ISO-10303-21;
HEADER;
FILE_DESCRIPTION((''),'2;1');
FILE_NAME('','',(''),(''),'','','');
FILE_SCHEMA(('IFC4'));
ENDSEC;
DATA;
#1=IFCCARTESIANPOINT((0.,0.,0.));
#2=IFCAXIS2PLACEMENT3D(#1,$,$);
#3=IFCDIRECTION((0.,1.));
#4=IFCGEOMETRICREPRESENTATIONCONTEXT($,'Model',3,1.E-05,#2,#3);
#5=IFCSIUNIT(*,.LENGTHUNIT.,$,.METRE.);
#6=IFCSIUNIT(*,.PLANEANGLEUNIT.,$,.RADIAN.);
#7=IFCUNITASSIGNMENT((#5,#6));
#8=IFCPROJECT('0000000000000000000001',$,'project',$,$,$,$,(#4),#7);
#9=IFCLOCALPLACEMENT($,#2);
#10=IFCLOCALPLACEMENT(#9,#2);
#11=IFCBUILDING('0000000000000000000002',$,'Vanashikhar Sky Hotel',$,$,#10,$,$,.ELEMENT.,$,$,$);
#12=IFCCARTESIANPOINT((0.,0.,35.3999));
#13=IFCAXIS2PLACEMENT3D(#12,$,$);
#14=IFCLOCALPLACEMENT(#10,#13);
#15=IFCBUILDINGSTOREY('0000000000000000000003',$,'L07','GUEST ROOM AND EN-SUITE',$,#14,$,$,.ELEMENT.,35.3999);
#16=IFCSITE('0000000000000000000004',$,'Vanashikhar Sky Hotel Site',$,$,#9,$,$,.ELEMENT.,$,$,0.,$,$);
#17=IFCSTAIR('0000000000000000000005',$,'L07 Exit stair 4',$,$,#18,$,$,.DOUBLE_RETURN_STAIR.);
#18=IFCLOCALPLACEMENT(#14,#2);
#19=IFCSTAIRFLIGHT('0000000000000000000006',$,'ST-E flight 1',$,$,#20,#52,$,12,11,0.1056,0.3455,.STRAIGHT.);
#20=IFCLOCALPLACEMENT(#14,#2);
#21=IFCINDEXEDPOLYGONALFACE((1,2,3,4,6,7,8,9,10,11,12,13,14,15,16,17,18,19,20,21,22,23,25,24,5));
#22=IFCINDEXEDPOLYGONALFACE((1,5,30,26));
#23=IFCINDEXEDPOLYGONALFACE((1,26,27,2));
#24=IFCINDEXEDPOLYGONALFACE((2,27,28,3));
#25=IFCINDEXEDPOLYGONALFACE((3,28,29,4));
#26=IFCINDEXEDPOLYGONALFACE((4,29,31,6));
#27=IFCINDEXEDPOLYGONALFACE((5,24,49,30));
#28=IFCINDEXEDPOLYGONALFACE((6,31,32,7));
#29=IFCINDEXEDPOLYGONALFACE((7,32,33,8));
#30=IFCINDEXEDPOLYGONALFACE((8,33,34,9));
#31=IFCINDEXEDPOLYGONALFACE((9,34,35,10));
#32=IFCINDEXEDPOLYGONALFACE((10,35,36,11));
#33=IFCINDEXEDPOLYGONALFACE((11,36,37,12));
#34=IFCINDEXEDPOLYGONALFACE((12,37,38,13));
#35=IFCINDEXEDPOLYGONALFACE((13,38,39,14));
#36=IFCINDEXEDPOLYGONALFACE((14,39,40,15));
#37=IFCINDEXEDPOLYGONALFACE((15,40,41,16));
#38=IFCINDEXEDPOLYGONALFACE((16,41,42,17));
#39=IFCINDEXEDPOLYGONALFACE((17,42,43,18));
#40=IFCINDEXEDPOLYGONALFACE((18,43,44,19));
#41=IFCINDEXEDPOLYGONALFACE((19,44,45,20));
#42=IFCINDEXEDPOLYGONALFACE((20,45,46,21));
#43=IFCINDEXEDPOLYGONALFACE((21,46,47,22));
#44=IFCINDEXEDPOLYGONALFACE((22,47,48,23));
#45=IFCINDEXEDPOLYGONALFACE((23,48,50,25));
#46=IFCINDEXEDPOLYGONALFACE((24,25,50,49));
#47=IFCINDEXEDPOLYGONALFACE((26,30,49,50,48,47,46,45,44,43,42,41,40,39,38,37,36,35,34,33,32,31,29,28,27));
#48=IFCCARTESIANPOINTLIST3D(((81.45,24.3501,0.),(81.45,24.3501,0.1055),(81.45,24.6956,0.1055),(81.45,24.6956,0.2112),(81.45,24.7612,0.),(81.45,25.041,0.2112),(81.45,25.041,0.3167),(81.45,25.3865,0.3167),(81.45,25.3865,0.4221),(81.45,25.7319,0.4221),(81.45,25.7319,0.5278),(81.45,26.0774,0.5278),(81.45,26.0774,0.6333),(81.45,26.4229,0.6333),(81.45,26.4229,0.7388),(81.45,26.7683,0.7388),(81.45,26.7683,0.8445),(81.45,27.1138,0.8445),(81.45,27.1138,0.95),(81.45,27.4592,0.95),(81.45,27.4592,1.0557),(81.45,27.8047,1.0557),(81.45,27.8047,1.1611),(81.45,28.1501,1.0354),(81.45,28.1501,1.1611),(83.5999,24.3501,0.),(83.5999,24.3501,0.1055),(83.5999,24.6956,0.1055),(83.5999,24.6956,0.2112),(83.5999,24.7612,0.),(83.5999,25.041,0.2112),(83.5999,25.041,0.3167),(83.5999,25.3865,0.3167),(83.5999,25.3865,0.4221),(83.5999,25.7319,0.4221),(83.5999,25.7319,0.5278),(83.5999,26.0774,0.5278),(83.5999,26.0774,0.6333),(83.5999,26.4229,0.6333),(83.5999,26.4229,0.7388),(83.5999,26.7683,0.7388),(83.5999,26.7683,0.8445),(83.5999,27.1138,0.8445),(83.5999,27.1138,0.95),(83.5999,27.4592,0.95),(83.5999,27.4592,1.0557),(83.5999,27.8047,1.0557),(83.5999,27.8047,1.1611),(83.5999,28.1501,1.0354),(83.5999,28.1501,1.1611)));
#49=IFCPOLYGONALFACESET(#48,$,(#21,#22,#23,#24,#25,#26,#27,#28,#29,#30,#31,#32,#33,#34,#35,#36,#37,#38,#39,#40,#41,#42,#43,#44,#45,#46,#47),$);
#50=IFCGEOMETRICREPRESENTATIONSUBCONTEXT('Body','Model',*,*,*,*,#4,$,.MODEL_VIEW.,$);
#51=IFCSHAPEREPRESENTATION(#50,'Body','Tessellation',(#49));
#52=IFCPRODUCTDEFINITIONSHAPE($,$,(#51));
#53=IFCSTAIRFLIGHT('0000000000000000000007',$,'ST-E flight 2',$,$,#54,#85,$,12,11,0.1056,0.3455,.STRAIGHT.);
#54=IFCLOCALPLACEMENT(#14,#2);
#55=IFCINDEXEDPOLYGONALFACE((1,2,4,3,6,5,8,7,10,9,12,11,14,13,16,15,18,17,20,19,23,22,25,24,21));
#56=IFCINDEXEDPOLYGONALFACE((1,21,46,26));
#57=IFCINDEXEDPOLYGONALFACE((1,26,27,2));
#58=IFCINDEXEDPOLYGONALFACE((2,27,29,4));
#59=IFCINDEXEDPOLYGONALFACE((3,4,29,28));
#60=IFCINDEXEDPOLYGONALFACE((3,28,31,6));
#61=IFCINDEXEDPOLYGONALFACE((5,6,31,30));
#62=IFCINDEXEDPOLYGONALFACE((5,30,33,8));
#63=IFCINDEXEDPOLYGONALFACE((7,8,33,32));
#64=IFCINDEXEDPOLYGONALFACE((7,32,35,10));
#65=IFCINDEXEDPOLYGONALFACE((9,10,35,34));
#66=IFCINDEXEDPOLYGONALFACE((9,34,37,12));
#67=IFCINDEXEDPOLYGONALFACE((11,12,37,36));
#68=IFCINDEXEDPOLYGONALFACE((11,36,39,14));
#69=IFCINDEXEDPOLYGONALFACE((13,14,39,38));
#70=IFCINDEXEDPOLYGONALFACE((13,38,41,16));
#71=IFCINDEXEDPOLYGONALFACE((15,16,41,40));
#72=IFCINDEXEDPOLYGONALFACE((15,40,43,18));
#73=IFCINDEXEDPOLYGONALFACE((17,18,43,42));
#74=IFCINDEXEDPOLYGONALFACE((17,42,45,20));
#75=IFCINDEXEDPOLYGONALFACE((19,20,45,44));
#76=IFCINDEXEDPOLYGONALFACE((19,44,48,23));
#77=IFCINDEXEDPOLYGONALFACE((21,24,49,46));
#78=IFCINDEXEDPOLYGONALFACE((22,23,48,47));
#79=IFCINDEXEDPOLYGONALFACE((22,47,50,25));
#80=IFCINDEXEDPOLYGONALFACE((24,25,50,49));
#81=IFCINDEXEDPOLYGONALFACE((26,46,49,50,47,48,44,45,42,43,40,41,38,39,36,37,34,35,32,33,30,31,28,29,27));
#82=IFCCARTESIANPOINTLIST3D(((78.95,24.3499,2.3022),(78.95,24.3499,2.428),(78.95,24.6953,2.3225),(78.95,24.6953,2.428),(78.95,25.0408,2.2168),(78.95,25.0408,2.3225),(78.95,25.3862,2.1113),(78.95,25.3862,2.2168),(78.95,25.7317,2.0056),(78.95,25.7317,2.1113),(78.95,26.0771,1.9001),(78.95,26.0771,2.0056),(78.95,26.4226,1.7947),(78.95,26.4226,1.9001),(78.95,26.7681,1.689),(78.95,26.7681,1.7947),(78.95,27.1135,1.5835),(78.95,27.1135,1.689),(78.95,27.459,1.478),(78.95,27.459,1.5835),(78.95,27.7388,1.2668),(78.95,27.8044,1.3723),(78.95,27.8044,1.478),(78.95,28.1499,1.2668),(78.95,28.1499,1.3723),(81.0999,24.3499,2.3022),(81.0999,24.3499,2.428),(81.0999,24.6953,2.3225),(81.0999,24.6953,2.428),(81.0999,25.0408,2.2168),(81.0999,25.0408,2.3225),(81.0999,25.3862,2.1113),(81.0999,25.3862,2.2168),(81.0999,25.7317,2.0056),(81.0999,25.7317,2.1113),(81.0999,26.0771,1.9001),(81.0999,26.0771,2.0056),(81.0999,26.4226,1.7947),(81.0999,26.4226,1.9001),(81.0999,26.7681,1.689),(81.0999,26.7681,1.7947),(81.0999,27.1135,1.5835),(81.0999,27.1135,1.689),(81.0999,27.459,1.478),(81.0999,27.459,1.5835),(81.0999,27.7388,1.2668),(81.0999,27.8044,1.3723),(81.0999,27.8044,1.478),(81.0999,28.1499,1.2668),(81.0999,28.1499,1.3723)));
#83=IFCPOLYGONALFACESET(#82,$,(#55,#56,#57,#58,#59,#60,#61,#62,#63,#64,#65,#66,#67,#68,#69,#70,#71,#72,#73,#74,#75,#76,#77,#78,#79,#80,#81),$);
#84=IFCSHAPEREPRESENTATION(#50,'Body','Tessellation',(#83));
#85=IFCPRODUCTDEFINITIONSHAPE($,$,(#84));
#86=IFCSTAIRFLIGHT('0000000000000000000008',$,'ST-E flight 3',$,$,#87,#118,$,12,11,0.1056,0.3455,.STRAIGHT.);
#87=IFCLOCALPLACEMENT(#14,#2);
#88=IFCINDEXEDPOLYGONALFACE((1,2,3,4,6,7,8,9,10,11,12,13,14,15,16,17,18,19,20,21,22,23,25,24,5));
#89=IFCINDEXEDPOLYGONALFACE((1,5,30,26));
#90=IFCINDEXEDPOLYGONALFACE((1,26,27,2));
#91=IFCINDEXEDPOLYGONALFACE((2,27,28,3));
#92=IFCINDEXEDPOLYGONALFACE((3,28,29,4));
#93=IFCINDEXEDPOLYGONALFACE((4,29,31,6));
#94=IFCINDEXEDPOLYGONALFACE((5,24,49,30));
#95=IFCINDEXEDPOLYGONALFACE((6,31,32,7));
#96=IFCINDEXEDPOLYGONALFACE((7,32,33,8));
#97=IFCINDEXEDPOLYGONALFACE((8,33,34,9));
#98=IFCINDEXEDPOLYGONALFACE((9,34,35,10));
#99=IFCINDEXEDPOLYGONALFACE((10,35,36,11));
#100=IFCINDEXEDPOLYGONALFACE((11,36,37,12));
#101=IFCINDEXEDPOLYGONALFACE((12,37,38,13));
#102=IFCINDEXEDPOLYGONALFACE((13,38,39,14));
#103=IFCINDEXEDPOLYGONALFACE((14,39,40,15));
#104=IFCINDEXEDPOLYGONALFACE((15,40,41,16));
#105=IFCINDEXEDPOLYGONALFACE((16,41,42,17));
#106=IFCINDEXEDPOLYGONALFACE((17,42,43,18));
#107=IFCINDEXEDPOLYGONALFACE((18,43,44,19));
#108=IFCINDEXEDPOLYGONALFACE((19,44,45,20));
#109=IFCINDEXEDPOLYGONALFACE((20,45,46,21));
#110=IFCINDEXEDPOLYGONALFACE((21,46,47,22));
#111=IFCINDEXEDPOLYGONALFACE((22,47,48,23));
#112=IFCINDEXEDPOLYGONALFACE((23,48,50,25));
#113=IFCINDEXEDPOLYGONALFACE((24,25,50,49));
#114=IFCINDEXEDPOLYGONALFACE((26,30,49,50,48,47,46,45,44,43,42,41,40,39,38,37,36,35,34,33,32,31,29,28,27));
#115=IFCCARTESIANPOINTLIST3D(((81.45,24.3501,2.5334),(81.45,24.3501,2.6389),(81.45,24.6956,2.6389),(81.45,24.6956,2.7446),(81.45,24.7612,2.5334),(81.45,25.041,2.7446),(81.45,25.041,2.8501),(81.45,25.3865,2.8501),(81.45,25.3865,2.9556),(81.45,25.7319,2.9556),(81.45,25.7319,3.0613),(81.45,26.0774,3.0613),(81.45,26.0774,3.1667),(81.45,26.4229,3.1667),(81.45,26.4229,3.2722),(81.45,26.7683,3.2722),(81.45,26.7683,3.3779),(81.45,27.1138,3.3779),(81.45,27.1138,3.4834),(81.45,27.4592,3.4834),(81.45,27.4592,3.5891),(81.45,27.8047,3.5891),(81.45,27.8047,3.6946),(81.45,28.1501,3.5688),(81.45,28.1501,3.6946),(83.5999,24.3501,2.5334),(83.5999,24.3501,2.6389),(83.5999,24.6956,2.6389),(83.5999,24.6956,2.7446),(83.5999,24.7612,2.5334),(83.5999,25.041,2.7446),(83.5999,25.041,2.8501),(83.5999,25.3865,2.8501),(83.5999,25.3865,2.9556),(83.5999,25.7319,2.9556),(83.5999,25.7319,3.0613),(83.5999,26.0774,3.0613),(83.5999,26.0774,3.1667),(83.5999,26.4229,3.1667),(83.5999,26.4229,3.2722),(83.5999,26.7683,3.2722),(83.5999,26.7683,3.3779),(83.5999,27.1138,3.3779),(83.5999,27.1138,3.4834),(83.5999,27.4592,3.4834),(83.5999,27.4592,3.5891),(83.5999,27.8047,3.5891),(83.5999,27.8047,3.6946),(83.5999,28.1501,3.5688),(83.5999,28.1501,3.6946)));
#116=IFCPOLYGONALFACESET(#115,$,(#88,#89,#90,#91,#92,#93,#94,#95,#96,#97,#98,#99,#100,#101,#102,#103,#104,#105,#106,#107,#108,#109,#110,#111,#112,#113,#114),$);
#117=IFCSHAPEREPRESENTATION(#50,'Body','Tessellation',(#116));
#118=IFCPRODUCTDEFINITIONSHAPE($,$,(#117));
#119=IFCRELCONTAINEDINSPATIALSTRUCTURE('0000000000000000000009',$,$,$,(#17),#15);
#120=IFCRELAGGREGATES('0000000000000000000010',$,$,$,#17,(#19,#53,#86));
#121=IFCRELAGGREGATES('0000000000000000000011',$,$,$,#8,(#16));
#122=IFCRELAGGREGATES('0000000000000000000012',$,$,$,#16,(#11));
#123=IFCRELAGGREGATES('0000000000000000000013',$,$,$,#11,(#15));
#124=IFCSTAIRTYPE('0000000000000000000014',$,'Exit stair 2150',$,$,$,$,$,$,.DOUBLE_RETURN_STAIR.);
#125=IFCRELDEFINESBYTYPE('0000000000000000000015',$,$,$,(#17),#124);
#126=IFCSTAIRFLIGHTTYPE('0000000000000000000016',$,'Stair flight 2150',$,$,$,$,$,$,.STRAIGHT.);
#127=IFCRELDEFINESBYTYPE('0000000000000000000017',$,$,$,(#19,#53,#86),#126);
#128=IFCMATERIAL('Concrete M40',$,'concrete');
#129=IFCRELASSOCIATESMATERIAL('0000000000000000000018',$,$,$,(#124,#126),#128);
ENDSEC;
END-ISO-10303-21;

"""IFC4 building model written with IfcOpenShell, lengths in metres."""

from ifc_helpers import new_model, si_unit, direction, frame, origin, place, context, subcontext, project, spatial, polyline, outline, extrude, source, transform, mapped, material, type_object, element, aggregate, save


model = new_model("IFC4")

# Units and contexts
model_context = context("Model", 3, precision=1e-05, world=origin(), true_north=direction((0.0, 1.0)))
body_context = subcontext(model_context, "Body", "Model", "MODEL_VIEW")
ifc_project = project(units=[si_unit("LENGTHUNIT", "METRE"), si_unit("PLANEANGLEUNIT", "RADIAN")], contexts=[model_context])

# Site, building, storey
site_placement = place(None, origin())
site = spatial("IfcSite", under=ifc_project, at=site_placement, Name="Vanashikhar Sky Hotel Site", CompositionType="ELEMENT", RefElevation=0.0)
building_placement = place(site_placement, origin())
building = spatial("IfcBuilding", under=site, at=building_placement, Name="Vanashikhar Sky Hotel", CompositionType="ELEMENT")
storey_placement = place(building_placement, frame((0.0, 0.0, 35.3999)))
storey = spatial("IfcBuildingStorey", under=building, at=storey_placement, Name="L07", Description="GUEST ROOM AND EN-SUITE", CompositionType="ELEMENT", Elevation=35.3999)

# Stair, stair flights
ifc_material_1 = material(Name="Concrete M40", Category="concrete")
stair_type = type_object("IfcStairType", Name="Exit stair 2150", PredefinedType="DOUBLE_RETURN_STAIR", material=ifc_material_1)
stair_placement = place(storey_placement, origin())
stair = element("IfcStair", 1, at=stair_placement, inside=storey, type_object=stair_type, Name="L07 Exit stair 4", PredefinedType="DOUBLE_RETURN_STAIR")
stair_flight_type = type_object("IfcStairFlightType", Name="Stair flight 2150", PredefinedType="STRAIGHT", material=ifc_material_1)
shared_shape_1 = source(origin(), body_context, "Body", "SweptSolid", [
    extrude(outline(polyline([(0.0, 0.0), (0.0, 0.1055), (0.3455, 0.1055), (0.3455, 0.2112), (0.6909, 0.2112), (0.6909, 0.3167), (1.0364, 0.3167), (1.0364, 0.4221), (1.3818, 0.4221), (1.3818, 0.5278), (1.7273, 0.5278), (1.7273, 0.6333), (2.0728, 0.6333), (2.0728, 0.7388), (2.4182, 0.7388), (2.4182, 0.8445), (2.7637, 0.8445), (2.7637, 0.95), (3.1091, 0.95), (3.1091, 1.0557), (3.4546, 1.0557), (3.4546, 1.1611), (3.8, 1.1611), (3.8, 1.2666), (3.8, 1.0354), (0.4111, 0.0), (0.0, 0.0)])), frame((0.0, 1.075, 0.0), z_axis=(0.0, -1.0, 0.0), x_axis=(1.0, 0.0, 0.0)), (0.0, 0.0, 1.0), 2.1499),
])
stair_flight_1_placement = place(storey_placement, frame((82.5249, 24.3501, 0.0), z_axis=(0.0, 0.0, 1.0), x_axis=(0.0, 1.0, 0.0)))
stair_flight_1 = element("IfcStairFlight", 2, at=stair_flight_1_placement, type_object=stair_flight_type, Name="ST-E flight 1", NumberOfRisers=12, NumberOfTreads=11, PredefinedType="STRAIGHT", RiserHeight=0.1056, TreadLength=0.3455, context=body_context, shape_type="MappedRepresentation", body=[
    mapped(shared_shape_1, transform((0.0, 0.0, 0.0), scale=1.0)),
])
stair_flight_2_placement = place(storey_placement, frame((80.0249, 28.1499, 1.2668), z_axis=(0.0, 0.0, 1.0), x_axis=(0.0, -1.0, 0.0)))
stair_flight_2 = element("IfcStairFlight", 3, at=stair_flight_2_placement, type_object=stair_flight_type, Name="ST-E flight 2", NumberOfRisers=12, NumberOfTreads=11, PredefinedType="STRAIGHT", RiserHeight=0.1056, TreadLength=0.3455, context=body_context, shape_type="MappedRepresentation", body=[
    mapped(shared_shape_1, transform((0.0, 0.0, 0.0), scale=1.0)),
])
stair_flight_3_placement = place(storey_placement, frame((82.5249, 24.3501, 2.5334), z_axis=(0.0, 0.0, 1.0), x_axis=(0.0, 1.0, 0.0)))
stair_flight_3 = element("IfcStairFlight", 4, at=stair_flight_3_placement, type_object=stair_flight_type, Name="ST-E flight 3", NumberOfRisers=12, NumberOfTreads=11, PredefinedType="STRAIGHT", RiserHeight=0.1056, TreadLength=0.3455, context=body_context, shape_type="MappedRepresentation", body=[
    mapped(shared_shape_1, transform((0.0, 0.0, 0.0), scale=1.0)),
])
aggregate(stair, [stair_flight_1, stair_flight_2, stair_flight_3])

save(model, "model.ifc")
